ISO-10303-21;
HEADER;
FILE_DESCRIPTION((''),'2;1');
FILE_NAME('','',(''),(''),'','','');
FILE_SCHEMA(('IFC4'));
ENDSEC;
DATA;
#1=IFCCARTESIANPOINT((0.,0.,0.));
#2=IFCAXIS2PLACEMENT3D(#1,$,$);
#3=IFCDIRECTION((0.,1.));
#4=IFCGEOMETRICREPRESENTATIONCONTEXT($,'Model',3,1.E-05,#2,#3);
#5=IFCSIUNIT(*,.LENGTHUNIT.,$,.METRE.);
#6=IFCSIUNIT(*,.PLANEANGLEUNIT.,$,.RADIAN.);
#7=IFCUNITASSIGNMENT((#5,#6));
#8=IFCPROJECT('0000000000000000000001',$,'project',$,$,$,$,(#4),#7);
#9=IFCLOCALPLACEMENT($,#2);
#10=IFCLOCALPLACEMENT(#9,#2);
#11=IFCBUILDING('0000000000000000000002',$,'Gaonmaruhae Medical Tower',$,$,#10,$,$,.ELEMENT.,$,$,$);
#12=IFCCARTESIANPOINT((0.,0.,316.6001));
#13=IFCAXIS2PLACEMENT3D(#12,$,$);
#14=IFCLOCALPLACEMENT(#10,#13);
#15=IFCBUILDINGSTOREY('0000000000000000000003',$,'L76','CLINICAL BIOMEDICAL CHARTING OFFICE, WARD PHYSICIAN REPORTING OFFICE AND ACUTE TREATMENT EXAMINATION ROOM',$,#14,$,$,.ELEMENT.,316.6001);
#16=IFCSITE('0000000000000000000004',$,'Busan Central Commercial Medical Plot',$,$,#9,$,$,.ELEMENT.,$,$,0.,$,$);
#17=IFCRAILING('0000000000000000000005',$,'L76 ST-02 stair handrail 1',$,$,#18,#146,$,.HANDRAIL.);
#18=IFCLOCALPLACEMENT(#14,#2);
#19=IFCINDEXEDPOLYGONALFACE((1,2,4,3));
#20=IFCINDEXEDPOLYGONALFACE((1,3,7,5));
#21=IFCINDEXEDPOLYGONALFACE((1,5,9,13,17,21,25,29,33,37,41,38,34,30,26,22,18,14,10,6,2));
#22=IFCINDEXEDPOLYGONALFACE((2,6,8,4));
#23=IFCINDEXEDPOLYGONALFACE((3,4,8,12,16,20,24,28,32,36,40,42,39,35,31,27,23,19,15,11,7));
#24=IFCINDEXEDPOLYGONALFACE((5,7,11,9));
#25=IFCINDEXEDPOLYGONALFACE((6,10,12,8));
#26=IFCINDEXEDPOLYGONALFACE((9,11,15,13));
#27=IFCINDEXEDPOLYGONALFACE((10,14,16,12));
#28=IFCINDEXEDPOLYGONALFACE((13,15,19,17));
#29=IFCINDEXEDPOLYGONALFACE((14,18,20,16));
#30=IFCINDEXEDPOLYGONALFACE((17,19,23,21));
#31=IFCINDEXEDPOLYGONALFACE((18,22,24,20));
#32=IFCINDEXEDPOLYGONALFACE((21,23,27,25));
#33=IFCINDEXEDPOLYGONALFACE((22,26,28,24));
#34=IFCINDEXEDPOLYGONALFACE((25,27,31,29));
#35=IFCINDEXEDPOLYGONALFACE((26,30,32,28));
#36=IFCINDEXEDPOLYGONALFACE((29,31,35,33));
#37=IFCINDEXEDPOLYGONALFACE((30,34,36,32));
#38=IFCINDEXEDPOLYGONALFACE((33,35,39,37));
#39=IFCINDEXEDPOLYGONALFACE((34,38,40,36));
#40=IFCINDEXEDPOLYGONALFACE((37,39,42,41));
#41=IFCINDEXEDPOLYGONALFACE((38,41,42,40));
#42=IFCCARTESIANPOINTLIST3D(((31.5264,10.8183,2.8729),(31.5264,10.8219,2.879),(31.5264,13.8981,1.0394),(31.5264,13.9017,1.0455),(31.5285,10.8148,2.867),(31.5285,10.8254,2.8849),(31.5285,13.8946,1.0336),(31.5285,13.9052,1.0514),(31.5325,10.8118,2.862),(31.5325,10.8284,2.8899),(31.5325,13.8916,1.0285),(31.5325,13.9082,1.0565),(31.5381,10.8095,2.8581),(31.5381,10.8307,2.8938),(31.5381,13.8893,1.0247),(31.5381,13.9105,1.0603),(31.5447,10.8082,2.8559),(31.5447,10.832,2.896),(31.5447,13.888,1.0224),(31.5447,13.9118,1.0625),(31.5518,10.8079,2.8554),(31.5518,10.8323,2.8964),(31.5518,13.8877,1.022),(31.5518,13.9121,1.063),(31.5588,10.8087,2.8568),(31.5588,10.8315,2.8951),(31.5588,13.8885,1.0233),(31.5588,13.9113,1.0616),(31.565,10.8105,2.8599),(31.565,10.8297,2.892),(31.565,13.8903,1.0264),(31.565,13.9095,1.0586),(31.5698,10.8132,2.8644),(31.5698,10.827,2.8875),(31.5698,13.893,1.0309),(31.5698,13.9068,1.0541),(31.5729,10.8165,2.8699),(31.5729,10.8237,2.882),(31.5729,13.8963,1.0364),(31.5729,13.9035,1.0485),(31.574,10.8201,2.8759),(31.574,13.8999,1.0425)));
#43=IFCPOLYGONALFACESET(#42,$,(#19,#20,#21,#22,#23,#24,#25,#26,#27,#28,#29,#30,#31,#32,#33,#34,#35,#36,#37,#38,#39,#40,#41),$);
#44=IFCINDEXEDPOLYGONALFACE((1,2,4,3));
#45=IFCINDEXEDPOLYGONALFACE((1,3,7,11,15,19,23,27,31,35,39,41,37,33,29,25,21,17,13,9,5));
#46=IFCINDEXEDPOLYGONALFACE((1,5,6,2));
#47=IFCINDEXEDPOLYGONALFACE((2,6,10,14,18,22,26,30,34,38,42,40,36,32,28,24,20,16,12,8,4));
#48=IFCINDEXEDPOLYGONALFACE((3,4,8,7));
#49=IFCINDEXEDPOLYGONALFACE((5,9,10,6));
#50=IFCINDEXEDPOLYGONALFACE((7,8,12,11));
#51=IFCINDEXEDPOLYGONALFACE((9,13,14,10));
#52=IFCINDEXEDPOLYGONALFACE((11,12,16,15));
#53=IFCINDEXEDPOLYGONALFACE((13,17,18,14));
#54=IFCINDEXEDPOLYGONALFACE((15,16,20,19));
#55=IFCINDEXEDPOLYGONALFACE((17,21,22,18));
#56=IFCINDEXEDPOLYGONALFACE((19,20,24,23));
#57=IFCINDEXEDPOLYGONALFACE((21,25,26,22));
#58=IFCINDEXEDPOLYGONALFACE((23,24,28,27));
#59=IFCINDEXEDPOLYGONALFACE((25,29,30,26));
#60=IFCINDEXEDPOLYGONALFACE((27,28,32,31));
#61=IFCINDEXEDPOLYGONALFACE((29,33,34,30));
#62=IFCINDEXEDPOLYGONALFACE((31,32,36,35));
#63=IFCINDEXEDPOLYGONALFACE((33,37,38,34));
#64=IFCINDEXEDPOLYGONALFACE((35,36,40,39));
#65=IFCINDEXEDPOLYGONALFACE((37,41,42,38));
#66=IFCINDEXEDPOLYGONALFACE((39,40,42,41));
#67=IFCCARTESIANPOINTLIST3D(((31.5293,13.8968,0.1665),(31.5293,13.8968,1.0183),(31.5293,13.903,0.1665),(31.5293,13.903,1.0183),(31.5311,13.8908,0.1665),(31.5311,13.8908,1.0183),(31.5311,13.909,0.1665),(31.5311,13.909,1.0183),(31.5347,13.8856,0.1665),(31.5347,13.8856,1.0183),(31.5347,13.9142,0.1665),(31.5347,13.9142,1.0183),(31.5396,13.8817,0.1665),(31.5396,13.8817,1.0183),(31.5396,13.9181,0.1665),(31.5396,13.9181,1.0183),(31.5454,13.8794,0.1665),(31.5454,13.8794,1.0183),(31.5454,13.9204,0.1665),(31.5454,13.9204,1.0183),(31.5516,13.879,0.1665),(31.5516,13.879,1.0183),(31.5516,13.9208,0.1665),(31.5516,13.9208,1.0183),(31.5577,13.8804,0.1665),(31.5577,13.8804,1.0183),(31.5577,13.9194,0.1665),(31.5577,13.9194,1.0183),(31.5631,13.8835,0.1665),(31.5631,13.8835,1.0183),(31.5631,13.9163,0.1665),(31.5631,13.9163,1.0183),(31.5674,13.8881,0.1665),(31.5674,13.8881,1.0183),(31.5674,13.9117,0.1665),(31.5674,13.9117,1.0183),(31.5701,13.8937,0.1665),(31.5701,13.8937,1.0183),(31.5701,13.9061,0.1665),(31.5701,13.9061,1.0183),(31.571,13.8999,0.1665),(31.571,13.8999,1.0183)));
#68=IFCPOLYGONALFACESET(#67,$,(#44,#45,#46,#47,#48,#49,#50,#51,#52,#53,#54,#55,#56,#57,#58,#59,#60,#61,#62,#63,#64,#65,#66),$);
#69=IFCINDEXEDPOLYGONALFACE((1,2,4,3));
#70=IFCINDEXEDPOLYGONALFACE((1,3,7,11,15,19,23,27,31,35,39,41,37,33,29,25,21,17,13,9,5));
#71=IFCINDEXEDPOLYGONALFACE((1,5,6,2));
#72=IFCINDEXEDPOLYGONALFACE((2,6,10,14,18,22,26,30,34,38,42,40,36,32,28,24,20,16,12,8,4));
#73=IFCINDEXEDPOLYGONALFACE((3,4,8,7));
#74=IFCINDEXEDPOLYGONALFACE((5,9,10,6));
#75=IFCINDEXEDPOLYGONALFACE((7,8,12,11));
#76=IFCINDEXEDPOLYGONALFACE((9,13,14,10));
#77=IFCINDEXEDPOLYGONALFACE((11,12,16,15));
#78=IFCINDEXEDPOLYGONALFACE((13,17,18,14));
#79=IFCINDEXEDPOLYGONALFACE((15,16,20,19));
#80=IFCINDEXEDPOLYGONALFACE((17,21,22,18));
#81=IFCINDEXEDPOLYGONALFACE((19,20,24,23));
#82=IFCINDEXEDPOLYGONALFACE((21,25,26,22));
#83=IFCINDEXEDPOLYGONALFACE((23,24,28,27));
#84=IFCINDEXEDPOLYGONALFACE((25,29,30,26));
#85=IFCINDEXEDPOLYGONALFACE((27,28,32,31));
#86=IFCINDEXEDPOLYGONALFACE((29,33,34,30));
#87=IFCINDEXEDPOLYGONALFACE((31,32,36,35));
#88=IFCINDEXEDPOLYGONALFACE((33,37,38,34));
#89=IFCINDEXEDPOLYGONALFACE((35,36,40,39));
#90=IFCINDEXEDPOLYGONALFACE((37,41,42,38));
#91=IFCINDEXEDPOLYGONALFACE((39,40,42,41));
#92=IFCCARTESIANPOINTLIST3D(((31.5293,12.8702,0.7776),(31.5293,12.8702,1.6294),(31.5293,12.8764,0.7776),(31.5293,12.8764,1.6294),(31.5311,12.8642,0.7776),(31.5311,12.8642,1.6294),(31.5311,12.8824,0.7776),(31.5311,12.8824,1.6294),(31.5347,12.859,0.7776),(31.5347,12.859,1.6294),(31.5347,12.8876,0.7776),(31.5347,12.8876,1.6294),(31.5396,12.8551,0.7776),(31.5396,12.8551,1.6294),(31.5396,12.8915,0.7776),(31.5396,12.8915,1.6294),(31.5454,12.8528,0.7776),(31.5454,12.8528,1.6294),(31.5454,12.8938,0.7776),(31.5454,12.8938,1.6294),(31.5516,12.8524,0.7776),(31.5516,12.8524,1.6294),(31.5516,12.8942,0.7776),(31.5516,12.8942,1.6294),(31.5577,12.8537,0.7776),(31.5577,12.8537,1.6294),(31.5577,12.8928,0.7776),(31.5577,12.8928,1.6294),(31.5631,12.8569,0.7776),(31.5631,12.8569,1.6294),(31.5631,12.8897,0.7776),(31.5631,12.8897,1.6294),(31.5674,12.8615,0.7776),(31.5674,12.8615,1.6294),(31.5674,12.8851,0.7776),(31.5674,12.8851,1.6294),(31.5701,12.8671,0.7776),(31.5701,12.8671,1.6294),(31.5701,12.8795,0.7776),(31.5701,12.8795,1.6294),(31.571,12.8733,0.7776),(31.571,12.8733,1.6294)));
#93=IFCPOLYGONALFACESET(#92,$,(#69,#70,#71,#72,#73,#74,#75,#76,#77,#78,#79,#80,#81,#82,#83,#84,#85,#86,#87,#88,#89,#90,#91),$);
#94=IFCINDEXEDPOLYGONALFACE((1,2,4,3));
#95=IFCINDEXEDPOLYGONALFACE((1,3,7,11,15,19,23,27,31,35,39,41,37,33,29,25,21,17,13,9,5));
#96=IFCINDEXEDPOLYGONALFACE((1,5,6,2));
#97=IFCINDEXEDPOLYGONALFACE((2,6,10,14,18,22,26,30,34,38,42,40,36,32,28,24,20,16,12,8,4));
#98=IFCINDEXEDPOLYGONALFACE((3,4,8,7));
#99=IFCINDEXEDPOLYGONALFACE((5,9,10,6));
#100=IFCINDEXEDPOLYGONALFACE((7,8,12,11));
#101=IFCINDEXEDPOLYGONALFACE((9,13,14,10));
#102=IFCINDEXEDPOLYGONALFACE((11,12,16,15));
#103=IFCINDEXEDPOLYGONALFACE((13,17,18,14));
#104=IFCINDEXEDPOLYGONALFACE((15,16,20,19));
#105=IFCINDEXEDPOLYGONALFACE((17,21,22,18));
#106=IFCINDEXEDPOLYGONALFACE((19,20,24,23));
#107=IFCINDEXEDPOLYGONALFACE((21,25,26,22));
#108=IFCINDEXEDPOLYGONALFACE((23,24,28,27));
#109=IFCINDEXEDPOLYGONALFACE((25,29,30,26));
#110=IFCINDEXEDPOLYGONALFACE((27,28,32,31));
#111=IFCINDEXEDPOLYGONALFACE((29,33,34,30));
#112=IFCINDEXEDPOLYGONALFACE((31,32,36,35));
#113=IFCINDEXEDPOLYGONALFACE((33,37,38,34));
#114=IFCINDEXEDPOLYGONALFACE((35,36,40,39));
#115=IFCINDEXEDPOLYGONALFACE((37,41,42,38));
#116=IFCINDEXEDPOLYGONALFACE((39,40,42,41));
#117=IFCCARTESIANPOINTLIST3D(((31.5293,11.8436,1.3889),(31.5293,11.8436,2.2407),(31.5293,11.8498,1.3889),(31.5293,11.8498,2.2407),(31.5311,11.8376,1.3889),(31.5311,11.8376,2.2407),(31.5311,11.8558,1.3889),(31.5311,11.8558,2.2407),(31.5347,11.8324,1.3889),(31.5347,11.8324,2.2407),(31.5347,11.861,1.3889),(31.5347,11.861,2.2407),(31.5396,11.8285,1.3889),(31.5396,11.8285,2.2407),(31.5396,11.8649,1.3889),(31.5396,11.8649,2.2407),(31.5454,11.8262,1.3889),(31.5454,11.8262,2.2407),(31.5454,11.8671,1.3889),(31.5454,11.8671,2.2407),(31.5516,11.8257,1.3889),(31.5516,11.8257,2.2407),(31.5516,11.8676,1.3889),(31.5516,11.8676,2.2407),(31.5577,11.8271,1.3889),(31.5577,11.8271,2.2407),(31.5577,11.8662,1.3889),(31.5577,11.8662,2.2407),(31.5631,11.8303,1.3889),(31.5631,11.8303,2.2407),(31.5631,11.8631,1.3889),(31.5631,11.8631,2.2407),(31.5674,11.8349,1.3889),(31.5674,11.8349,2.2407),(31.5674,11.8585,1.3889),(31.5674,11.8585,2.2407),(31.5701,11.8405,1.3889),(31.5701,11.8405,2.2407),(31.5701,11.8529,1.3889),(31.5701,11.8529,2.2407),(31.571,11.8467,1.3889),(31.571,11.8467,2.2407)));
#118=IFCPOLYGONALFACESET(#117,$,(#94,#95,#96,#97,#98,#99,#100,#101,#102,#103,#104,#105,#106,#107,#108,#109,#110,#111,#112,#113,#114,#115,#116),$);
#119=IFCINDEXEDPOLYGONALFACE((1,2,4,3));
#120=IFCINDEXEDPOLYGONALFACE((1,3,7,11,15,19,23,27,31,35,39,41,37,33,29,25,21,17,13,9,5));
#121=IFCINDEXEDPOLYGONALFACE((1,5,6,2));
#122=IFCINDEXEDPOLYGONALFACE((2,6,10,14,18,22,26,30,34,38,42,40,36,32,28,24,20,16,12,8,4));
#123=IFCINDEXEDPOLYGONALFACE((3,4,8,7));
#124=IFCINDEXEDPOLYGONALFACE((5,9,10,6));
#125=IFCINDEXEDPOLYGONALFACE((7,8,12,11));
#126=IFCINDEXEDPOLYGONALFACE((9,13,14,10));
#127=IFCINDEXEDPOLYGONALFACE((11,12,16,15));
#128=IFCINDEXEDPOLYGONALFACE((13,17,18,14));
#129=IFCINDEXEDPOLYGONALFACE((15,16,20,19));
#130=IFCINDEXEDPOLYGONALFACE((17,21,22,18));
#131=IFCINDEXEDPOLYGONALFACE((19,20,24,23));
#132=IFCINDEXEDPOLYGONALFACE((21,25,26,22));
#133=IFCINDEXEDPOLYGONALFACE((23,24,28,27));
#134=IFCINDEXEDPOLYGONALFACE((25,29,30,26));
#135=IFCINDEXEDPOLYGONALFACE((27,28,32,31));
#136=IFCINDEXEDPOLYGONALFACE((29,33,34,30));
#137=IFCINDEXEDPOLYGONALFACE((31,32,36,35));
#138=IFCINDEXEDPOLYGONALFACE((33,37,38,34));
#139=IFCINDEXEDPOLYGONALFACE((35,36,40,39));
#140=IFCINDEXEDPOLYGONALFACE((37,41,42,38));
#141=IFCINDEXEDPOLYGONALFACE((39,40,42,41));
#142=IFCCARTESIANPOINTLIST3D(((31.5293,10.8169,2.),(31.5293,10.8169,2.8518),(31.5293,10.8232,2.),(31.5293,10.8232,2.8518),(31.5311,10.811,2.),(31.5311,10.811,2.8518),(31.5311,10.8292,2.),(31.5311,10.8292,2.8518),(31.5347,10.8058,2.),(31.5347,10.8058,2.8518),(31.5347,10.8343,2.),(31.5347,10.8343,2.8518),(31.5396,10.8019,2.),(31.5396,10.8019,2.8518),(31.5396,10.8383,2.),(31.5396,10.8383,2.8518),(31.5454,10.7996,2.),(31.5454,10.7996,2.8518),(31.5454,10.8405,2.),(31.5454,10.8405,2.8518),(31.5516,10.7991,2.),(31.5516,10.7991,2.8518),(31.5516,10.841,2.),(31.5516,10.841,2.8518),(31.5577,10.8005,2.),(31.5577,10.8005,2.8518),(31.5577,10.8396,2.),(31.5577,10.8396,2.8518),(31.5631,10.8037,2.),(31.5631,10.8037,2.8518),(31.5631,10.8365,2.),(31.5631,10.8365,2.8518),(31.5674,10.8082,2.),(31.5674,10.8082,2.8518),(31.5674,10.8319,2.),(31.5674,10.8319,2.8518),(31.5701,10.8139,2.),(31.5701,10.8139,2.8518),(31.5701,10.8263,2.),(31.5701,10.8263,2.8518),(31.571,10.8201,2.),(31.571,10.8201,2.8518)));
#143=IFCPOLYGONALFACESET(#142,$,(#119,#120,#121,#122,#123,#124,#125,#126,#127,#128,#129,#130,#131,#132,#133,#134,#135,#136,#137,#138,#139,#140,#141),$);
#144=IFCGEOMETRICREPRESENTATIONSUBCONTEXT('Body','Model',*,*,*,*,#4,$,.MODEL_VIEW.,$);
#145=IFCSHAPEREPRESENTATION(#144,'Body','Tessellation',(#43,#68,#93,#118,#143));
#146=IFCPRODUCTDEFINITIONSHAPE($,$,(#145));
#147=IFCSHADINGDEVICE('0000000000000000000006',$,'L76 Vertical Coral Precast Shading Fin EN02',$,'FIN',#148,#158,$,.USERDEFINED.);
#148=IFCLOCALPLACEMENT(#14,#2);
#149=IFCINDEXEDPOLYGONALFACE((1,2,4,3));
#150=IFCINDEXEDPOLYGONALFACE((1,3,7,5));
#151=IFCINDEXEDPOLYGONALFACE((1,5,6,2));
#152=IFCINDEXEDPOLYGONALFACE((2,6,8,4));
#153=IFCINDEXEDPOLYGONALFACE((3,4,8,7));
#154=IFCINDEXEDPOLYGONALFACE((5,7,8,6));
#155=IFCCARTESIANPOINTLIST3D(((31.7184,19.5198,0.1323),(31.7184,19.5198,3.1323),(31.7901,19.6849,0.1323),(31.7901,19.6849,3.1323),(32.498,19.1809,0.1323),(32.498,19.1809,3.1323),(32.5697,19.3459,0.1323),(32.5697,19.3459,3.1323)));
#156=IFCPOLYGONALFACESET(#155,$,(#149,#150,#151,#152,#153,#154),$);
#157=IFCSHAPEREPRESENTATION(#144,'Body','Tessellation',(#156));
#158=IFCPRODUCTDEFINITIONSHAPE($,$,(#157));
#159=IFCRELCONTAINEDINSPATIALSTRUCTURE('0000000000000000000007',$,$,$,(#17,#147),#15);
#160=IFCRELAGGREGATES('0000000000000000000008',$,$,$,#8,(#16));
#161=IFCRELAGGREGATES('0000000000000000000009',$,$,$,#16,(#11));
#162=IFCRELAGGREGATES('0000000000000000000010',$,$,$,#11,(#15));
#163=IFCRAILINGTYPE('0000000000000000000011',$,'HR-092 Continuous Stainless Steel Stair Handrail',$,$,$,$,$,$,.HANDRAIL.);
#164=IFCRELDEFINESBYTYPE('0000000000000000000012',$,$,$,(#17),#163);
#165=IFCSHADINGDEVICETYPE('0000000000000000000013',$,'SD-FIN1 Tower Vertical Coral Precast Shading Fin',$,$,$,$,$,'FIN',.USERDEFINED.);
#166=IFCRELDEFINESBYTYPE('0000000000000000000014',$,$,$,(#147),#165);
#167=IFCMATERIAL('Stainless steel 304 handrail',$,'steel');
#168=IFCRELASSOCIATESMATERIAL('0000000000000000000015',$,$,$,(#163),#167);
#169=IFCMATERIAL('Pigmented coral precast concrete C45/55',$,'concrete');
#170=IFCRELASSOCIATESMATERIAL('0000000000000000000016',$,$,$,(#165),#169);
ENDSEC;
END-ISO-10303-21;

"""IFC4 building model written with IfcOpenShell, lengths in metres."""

from ifc_helpers import new_model, si_unit, direction, frame, origin, origin_2d, place, context, subcontext, project, spatial, rectangle, circle, extrude, material, type_object, element, save


model = new_model("IFC4")

# Units and contexts
model_context = context("Model", 3, precision=1e-05, world=origin(), true_north=direction((0.0, 1.0)))
body_context = subcontext(model_context, "Body", "Model", "MODEL_VIEW")
ifc_project = project(units=[si_unit("LENGTHUNIT", "METRE"), si_unit("PLANEANGLEUNIT", "RADIAN")], contexts=[model_context])

# Site, building, storey
site_placement = place(None, origin())
site = spatial("IfcSite", under=ifc_project, at=site_placement, Name="Busan Central Commercial Medical Plot", CompositionType="ELEMENT", RefElevation=0.0)
building_placement = place(site_placement, origin())
building = spatial("IfcBuilding", under=site, at=building_placement, Name="Gaonmaruhae Medical Tower", CompositionType="ELEMENT")
storey_placement = place(building_placement, frame((0.0, 0.0, 316.6001)))
storey = spatial("IfcBuildingStorey", under=building, at=storey_placement, Name="L76", Description="CLINICAL BIOMEDICAL CHARTING OFFICE, WARD PHYSICIAN REPORTING OFFICE AND ACUTE TREATMENT EXAMINATION ROOM", CompositionType="ELEMENT", Elevation=316.6001)

# Railing
ifc_material_1 = material(Name="Stainless steel 304 handrail", Category="steel")
railing_type_1 = type_object("IfcRailingType", Name="HR-092 Continuous Stainless Steel Stair Handrail", PredefinedType="HANDRAIL", material=ifc_material_1)
railing_1_placement = place(storey_placement, frame((31.55, 13.8999, 0.1665)))
element("IfcRailing", 1, at=railing_1_placement, inside=storey, type_object=railing_type_1, Name="L76 ST-02 stair handrail 1", PredefinedType="HANDRAIL", context=body_context, shape_type="SweptSolid", body=[
    extrude(circle(Radius=0.0239, at=origin_2d()), frame((0.0, 0.0, 0.876), z_axis=(0.0, -0.859261, 0.511538), x_axis=(1.0, 0.0, 0.0)), (0.0, 0.0, 1.0), 3.5842),
    extrude(circle(Radius=0.021, at=origin_2d()), origin(), (0.0, 0.0, 1.0), 0.8518),
    extrude(circle(Radius=0.021, at=origin_2d()), frame((0.0, -1.0266, 0.6111)), (0.0, 0.0, 1.0), 0.8518),
    extrude(circle(Radius=0.021, at=origin_2d()), frame((0.0, -2.0532, 1.2224)), (0.0, 0.0, 1.0), 0.8518),
    extrude(circle(Radius=0.021, at=origin_2d()), frame((0.0, -3.0798, 1.8335)), (0.0, 0.0, 1.0), 0.8518),
])

# Shading device
ifc_material_2 = material(Name="Pigmented coral precast concrete C45/55", Category="concrete")
shading_device_type = type_object("IfcShadingDeviceType", Name="SD-FIN1 Tower Vertical Coral Precast Shading Fin", ElementType="FIN", PredefinedType="USERDEFINED", material=ifc_material_2)
shading_device_placement = place(storey_placement, frame((32.144, 19.4329, 0.1323), z_axis=(0.0, 0.0, 1.0), x_axis=(0.398749, 0.91706, 0.0)))
element("IfcShadingDevice", 2, at=shading_device_placement, inside=storey, type_object=shading_device_type, Name="L76 Vertical Coral Precast Shading Fin EN02", ObjectType="FIN", PredefinedType="USERDEFINED", context=body_context, shape_type="SweptSolid", body=[
    extrude(rectangle(XDim=0.1799, YDim=0.8501, at=origin_2d()), origin(), (0.0, 0.0, 1.0), 3.0),
])

save(model, "model.ifc")
